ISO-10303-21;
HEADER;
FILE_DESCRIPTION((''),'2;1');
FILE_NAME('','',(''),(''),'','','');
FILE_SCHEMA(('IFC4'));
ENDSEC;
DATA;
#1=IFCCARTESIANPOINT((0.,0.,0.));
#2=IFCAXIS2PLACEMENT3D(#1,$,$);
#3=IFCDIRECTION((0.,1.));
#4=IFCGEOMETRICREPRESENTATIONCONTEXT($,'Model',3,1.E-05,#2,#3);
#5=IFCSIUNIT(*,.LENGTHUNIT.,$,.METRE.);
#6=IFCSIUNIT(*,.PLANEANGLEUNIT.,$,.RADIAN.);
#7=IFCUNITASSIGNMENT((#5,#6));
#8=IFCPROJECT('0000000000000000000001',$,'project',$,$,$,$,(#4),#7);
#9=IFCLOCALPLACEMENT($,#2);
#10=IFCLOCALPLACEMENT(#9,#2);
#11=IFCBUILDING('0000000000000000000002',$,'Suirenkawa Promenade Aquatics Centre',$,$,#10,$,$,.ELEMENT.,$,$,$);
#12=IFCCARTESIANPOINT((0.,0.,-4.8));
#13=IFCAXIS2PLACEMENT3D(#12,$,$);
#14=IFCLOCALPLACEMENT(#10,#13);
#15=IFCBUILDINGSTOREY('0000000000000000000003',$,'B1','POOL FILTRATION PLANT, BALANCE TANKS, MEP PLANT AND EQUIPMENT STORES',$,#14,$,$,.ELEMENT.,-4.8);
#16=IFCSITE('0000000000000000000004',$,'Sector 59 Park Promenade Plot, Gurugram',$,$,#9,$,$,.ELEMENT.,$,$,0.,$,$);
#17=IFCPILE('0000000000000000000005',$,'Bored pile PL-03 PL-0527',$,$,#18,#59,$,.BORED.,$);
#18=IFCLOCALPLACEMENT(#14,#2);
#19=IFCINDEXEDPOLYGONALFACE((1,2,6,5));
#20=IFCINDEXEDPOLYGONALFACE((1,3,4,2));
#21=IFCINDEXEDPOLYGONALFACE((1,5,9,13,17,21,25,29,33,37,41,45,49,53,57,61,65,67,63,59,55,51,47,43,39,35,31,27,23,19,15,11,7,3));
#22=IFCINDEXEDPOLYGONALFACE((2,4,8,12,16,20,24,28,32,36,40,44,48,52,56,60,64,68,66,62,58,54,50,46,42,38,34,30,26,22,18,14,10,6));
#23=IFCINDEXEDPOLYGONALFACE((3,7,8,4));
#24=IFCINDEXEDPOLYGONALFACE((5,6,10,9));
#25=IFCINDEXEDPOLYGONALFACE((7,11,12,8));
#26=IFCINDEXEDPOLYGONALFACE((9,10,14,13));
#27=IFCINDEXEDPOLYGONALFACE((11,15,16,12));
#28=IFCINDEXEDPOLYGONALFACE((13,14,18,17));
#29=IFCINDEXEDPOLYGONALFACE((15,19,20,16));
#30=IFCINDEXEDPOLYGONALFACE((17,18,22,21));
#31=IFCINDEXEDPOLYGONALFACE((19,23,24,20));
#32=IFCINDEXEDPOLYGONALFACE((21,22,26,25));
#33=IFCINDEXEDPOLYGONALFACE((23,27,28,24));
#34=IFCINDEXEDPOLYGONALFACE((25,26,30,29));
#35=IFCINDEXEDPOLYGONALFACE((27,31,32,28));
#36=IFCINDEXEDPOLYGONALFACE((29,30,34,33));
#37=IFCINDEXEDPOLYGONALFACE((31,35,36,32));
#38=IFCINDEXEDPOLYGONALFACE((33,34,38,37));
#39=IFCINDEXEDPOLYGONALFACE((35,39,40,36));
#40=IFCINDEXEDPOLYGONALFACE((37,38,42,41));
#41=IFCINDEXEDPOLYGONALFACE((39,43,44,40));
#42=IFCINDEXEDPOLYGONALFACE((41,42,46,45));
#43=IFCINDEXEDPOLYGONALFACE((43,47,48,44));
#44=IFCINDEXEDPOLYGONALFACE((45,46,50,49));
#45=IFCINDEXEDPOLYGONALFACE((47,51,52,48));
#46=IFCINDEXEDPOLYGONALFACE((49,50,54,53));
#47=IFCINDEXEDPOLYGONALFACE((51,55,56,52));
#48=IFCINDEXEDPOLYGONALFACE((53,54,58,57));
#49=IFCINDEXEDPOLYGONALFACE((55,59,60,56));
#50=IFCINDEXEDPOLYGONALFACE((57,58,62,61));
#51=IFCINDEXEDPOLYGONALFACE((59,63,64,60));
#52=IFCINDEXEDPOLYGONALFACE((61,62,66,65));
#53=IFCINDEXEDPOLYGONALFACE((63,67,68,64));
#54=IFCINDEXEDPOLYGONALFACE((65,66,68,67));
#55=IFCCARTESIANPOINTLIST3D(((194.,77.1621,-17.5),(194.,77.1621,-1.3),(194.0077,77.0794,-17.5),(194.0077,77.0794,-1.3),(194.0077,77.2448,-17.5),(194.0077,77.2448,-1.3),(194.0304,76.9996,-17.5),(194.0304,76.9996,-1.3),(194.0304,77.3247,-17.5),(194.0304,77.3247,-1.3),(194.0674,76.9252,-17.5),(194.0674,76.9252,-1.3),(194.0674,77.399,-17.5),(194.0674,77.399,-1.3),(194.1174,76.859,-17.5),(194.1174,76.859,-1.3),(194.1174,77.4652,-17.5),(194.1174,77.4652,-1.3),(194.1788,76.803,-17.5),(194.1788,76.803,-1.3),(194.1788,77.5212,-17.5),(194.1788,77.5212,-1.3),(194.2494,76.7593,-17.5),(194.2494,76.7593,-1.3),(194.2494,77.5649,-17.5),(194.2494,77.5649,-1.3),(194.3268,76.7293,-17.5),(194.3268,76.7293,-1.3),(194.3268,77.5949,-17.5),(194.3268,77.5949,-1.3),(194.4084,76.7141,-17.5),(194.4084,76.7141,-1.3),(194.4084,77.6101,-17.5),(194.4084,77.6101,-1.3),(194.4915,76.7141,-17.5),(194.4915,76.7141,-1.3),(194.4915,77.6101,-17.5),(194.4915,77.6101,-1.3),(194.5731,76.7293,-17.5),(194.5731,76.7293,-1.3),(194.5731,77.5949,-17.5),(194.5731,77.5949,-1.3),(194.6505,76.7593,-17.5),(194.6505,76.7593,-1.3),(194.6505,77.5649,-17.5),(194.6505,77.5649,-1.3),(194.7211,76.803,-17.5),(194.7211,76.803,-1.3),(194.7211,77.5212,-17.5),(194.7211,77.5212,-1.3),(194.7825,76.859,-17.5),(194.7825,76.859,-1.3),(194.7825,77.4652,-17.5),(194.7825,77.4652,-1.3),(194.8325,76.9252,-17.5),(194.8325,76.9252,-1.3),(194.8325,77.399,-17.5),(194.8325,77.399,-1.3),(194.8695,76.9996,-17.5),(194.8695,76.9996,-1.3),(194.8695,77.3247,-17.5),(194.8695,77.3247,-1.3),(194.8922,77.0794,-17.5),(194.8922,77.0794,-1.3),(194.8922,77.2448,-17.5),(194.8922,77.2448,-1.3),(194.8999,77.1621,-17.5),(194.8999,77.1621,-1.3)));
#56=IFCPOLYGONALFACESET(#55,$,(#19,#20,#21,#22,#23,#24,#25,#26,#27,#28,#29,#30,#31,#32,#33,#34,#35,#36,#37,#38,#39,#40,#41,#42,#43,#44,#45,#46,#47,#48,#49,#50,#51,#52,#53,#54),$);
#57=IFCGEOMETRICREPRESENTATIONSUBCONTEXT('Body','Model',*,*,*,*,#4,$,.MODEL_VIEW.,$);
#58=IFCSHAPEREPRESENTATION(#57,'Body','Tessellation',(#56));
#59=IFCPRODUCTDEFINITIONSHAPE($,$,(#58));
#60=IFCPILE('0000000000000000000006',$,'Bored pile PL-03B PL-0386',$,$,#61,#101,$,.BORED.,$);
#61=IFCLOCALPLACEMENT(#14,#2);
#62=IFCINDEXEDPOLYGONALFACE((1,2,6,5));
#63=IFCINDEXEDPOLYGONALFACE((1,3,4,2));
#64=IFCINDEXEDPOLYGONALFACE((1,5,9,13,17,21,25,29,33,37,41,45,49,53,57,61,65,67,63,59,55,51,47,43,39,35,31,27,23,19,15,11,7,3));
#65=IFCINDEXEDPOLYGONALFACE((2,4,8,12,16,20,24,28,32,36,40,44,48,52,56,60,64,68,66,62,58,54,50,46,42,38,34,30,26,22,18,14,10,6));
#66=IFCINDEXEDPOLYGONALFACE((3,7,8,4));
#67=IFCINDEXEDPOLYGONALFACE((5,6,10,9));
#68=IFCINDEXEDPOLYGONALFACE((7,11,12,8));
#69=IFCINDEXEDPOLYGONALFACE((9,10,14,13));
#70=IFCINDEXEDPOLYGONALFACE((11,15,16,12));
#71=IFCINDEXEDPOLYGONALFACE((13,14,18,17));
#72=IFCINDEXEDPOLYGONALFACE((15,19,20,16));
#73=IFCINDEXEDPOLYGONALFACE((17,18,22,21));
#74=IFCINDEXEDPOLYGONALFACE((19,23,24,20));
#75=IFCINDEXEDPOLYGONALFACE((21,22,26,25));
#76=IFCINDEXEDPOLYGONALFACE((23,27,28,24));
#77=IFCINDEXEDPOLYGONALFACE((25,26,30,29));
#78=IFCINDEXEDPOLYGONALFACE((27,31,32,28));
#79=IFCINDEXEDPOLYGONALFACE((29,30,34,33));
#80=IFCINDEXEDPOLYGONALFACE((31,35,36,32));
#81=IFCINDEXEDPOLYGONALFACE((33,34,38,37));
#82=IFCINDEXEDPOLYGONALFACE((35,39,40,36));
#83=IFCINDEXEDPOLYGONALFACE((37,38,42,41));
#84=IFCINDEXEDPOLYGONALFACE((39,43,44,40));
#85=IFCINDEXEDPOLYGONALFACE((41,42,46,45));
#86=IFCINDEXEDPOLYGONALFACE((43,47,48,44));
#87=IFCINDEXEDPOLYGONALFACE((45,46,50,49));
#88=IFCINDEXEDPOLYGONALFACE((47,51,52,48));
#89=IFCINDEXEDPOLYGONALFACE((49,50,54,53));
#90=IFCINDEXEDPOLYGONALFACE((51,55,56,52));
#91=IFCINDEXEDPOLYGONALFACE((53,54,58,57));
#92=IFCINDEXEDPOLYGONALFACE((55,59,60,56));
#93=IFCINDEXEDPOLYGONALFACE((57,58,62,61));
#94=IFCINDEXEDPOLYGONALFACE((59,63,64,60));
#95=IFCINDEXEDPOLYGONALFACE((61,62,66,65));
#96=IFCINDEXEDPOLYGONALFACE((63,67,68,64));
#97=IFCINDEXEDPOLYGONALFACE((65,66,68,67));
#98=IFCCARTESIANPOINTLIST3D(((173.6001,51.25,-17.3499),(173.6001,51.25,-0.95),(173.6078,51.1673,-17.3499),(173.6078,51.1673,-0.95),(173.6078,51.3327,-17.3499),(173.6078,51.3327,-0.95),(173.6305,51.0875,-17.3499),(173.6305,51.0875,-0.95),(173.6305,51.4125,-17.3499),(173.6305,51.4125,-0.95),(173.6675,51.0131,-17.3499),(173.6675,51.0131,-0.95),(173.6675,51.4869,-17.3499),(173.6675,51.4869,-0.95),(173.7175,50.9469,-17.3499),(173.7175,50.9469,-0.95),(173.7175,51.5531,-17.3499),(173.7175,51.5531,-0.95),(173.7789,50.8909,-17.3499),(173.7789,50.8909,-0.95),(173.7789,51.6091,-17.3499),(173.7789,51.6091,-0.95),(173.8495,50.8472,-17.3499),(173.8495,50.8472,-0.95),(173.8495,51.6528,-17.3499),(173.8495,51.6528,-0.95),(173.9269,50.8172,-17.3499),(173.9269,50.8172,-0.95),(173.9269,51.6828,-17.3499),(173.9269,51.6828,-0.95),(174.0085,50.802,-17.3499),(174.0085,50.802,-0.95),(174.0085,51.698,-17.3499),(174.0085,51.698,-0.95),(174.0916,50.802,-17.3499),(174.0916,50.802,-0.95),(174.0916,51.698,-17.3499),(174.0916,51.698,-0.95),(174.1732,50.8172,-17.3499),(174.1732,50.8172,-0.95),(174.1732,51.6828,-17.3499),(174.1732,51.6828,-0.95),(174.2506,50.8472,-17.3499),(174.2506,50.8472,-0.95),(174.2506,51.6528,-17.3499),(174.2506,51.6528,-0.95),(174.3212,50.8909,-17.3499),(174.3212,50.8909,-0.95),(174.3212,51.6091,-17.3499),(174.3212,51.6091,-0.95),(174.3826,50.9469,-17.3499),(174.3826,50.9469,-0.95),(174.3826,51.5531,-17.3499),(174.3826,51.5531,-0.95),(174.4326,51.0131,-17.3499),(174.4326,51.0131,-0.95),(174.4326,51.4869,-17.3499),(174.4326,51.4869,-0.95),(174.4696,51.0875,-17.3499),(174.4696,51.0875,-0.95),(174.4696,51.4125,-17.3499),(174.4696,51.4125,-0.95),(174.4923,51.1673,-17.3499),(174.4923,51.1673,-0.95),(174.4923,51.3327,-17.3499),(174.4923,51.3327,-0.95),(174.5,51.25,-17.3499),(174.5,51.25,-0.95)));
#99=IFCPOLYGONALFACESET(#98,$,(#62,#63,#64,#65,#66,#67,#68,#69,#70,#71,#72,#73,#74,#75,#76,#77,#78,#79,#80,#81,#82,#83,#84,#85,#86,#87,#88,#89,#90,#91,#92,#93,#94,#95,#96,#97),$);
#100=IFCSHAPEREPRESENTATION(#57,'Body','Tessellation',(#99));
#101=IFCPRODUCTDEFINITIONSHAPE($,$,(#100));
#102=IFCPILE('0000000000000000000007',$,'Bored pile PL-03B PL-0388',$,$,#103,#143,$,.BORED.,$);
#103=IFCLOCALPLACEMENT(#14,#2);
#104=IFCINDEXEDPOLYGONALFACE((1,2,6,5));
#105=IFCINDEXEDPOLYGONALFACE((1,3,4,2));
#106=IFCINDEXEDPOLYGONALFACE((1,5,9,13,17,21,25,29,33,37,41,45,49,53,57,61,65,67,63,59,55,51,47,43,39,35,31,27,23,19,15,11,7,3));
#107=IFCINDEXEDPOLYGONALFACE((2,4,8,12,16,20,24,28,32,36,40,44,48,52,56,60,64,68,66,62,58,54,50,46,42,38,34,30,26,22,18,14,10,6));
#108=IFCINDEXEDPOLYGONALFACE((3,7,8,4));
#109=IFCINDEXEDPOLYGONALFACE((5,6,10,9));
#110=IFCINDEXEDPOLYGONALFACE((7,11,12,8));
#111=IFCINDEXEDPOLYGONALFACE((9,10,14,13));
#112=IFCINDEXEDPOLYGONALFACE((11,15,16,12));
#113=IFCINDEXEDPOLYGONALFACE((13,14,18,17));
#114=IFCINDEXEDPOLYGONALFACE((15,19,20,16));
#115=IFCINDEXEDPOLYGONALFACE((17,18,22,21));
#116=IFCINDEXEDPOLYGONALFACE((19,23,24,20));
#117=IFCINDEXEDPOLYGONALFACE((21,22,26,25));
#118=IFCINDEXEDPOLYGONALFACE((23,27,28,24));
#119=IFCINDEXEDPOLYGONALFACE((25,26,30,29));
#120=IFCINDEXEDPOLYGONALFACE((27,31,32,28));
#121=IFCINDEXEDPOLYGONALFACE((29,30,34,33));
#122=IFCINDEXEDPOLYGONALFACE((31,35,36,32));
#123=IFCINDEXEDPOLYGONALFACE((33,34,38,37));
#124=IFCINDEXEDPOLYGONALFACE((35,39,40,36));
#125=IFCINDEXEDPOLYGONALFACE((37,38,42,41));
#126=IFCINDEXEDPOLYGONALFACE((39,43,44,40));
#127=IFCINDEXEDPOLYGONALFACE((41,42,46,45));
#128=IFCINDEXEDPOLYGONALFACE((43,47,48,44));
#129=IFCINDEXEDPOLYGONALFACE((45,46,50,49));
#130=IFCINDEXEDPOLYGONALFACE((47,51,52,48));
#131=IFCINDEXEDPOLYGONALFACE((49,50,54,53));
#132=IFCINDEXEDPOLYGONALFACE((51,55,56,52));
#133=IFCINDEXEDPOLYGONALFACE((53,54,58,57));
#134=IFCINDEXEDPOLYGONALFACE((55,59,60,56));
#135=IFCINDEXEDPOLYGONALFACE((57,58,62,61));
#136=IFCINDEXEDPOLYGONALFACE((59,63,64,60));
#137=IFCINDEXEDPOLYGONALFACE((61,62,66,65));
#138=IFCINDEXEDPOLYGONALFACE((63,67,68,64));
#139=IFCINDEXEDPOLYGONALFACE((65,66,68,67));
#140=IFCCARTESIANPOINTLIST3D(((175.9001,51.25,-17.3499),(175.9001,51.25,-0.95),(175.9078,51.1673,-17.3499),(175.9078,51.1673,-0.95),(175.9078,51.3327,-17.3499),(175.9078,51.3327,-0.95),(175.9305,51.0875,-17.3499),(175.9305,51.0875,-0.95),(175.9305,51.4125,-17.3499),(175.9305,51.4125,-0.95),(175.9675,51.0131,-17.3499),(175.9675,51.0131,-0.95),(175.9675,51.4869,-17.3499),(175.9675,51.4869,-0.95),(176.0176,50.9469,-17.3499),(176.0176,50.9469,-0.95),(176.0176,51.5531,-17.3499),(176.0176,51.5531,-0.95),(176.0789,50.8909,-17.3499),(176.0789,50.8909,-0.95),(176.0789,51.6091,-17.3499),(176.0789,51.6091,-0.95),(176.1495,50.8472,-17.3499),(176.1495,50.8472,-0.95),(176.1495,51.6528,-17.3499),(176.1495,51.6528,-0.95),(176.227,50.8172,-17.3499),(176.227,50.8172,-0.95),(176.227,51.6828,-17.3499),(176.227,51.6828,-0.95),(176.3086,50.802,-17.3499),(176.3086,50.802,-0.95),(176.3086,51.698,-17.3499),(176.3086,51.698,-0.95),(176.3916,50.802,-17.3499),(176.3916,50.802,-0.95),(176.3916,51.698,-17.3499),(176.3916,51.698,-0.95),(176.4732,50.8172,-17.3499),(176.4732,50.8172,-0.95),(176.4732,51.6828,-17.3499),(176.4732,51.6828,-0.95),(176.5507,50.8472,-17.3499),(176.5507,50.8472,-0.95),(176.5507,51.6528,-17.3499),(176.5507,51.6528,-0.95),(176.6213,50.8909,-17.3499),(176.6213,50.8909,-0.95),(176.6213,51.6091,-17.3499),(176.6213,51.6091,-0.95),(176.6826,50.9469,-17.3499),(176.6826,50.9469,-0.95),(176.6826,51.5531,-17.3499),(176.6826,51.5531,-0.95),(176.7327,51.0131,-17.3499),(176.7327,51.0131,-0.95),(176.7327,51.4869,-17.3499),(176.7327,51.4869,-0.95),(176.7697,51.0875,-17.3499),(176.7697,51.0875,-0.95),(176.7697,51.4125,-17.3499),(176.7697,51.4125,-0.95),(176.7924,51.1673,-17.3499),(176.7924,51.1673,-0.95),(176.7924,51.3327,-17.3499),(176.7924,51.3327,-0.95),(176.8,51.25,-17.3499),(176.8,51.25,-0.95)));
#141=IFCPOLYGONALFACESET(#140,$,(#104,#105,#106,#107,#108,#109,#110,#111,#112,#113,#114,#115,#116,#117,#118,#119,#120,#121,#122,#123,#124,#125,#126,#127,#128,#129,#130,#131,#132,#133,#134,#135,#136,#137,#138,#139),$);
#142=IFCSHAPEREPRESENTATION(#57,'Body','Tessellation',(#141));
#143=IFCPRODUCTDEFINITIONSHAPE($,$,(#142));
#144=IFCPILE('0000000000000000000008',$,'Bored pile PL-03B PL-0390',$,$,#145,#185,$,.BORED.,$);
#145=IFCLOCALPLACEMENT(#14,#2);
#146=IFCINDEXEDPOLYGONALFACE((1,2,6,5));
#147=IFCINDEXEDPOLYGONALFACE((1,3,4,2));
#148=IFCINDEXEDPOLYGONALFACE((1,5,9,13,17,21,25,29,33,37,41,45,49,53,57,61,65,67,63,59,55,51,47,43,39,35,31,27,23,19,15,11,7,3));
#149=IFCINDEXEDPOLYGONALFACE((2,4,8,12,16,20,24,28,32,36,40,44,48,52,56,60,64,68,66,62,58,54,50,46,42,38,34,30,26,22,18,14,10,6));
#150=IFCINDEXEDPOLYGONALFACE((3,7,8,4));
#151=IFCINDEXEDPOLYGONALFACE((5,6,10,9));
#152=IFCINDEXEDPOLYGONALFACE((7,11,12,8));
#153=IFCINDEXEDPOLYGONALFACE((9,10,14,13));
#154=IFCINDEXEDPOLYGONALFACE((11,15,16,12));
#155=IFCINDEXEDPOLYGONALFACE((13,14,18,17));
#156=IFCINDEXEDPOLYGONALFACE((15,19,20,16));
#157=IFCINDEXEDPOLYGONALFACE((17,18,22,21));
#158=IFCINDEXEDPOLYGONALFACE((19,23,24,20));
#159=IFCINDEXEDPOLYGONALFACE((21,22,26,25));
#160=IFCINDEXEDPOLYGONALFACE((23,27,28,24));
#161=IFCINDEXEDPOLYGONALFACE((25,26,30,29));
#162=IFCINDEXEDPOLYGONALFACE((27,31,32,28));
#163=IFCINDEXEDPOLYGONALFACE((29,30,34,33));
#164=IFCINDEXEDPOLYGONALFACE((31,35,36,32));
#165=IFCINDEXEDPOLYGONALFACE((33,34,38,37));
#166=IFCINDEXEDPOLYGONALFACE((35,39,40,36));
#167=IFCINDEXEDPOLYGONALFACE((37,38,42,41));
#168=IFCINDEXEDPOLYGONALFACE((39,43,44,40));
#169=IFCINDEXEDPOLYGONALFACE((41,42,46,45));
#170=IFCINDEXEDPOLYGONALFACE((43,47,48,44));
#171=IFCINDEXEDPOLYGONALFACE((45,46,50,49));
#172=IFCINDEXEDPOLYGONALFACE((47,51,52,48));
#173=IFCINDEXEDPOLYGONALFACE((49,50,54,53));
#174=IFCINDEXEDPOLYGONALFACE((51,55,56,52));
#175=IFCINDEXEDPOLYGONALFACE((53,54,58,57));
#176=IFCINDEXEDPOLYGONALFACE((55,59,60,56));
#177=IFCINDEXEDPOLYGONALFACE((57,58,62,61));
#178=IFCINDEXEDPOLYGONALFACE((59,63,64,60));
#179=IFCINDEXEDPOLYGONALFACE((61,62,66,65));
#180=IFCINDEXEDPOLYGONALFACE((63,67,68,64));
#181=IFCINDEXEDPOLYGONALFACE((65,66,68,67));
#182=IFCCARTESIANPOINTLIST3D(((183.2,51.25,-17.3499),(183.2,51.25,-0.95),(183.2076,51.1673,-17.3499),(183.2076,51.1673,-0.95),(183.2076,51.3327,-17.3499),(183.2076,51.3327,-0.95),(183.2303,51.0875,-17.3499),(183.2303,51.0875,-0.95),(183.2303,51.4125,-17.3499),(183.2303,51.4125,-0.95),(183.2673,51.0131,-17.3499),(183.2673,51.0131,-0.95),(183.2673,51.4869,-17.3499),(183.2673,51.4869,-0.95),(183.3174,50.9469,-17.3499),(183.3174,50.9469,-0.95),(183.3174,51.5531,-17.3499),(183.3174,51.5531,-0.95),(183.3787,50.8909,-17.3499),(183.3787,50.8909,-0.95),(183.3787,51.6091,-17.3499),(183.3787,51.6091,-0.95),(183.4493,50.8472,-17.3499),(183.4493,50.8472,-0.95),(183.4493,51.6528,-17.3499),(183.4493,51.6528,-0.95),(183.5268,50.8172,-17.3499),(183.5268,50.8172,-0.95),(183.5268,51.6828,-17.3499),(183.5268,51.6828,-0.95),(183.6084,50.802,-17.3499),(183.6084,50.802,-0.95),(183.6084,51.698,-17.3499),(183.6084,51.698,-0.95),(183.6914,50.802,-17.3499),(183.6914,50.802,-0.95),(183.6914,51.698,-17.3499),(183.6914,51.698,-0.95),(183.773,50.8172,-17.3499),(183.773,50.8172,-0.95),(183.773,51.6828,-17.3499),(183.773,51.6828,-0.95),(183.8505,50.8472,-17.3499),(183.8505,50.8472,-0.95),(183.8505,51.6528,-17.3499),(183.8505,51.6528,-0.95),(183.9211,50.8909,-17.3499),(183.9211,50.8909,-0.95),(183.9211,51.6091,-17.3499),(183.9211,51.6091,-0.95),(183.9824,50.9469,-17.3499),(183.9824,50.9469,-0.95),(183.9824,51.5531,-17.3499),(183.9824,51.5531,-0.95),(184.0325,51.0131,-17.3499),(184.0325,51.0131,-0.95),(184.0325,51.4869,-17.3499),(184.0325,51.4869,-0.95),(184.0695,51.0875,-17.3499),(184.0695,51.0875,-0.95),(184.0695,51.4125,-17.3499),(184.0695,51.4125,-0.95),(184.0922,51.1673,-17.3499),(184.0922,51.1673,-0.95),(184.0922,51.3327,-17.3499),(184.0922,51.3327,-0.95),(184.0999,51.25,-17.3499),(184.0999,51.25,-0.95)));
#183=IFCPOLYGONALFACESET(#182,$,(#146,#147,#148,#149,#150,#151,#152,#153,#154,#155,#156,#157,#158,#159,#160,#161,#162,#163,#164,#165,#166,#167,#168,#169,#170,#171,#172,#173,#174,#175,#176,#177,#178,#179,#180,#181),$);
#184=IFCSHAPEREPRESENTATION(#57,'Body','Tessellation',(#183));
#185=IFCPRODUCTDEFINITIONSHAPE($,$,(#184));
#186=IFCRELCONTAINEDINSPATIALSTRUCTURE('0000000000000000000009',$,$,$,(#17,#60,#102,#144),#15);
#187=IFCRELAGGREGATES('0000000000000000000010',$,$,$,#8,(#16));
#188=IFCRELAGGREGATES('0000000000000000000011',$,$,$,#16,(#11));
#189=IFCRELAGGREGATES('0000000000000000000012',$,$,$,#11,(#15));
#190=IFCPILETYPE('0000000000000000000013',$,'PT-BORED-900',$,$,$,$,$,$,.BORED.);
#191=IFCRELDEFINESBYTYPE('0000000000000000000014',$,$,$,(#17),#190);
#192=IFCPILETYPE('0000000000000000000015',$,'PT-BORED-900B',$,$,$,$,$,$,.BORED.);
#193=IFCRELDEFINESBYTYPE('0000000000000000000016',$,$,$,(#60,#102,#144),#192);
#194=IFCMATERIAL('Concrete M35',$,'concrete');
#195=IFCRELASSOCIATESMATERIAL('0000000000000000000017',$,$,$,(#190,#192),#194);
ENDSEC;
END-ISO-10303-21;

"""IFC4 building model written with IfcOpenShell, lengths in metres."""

from ifc_helpers import new_model, si_unit, direction, frame, origin, origin_2d, place, context, subcontext, project, spatial, circle, extrude, material, material_profile, profile_set, type_object, element, save


model = new_model("IFC4")

# Units and contexts
model_context = context("Model", 3, precision=1e-05, world=origin(), true_north=direction((0.0, 1.0)))
body_context = subcontext(model_context, "Body", "Model", "MODEL_VIEW")
ifc_project = project(units=[si_unit("LENGTHUNIT", "METRE"), si_unit("PLANEANGLEUNIT", "RADIAN")], contexts=[model_context])

# Site, building, storey
site_placement = place(None, origin())
site = spatial("IfcSite", under=ifc_project, at=site_placement, Name="Sector 59 Park Promenade Plot, Gurugram", CompositionType="ELEMENT", RefElevation=0.0)
building_placement = place(site_placement, origin())
building = spatial("IfcBuilding", under=site, at=building_placement, Name="Suirenkawa Promenade Aquatics Centre", CompositionType="ELEMENT")
storey_placement = place(building_placement, frame((0.0, 0.0, -4.8)))
storey = spatial("IfcBuildingStorey", under=building, at=storey_placement, Name="B1", Description="POOL FILTRATION PLANT, BALANCE TANKS, MEP PLANT AND EQUIPMENT STORES", CompositionType="ELEMENT", Elevation=-4.8)

# Shared definitions
ifc_material_1 = material(Name="Concrete M35", Category="concrete")

# Piles
ifc_material_profile_1 = material_profile(ifc_material_1, circle(Radius=0.45, at=origin_2d()), Name="PILE D900", Category="concrete")
ifc_profile_set_1 = profile_set([ifc_material_profile_1], Name="Concrete M35")
pile_type_1 = type_object("IfcPileType", Name="PT-BORED-900", PredefinedType="BORED", material=ifc_profile_set_1)
for number, where, z_axis, x_axis, name in (
    (1, (194.45, 77.1621, -1.3), (0.0, 0.0, -1.0), (1.0, 0.0, 0.0), "Bored pile PL-03 PL-0527"),
):
    element("IfcPile", number, at=place(storey_placement, frame(where, z_axis=z_axis, x_axis=x_axis)), inside=storey, type_object=pile_type_1, Name=name, PredefinedType="BORED", context=body_context, shape_type="SweptSolid", body=[
        extrude(circle(Radius=0.45, at=origin_2d()), origin(), (0.0, 0.0, 1.0), 16.2),
    ])
ifc_material_profile_2 = material_profile(ifc_material_1, circle(Radius=0.45, at=origin_2d()), Name="PILE D900", Category="concrete")
ifc_profile_set_2 = profile_set([ifc_material_profile_2], Name="Concrete M35")
pile_type_2 = type_object("IfcPileType", Name="PT-BORED-900B", PredefinedType="BORED", material=ifc_profile_set_2)
for number, where, z_axis, x_axis, name in (
    (2, (174.05, 51.25, -0.95), (0.0, 0.0, -1.0), (1.0, 0.0, 0.0), "Bored pile PL-03B PL-0386"),
    (3, (176.3501, 51.25, -0.95), (0.0, 0.0, -1.0), (1.0, 0.0, 0.0), "Bored pile PL-03B PL-0388"),
    (4, (183.6499, 51.25, -0.95), (0.0, 0.0, -1.0), (1.0, 0.0, 0.0), "Bored pile PL-03B PL-0390"),
):
    element("IfcPile", number, at=place(storey_placement, frame(where, z_axis=z_axis, x_axis=x_axis)), inside=storey, type_object=pile_type_2, Name=name, PredefinedType="BORED", context=body_context, shape_type="SweptSolid", body=[
        extrude(circle(Radius=0.45, at=origin_2d()), origin(), (0.0, 0.0, 1.0), 16.3999),
    ])

save(model, "model.ifc")
